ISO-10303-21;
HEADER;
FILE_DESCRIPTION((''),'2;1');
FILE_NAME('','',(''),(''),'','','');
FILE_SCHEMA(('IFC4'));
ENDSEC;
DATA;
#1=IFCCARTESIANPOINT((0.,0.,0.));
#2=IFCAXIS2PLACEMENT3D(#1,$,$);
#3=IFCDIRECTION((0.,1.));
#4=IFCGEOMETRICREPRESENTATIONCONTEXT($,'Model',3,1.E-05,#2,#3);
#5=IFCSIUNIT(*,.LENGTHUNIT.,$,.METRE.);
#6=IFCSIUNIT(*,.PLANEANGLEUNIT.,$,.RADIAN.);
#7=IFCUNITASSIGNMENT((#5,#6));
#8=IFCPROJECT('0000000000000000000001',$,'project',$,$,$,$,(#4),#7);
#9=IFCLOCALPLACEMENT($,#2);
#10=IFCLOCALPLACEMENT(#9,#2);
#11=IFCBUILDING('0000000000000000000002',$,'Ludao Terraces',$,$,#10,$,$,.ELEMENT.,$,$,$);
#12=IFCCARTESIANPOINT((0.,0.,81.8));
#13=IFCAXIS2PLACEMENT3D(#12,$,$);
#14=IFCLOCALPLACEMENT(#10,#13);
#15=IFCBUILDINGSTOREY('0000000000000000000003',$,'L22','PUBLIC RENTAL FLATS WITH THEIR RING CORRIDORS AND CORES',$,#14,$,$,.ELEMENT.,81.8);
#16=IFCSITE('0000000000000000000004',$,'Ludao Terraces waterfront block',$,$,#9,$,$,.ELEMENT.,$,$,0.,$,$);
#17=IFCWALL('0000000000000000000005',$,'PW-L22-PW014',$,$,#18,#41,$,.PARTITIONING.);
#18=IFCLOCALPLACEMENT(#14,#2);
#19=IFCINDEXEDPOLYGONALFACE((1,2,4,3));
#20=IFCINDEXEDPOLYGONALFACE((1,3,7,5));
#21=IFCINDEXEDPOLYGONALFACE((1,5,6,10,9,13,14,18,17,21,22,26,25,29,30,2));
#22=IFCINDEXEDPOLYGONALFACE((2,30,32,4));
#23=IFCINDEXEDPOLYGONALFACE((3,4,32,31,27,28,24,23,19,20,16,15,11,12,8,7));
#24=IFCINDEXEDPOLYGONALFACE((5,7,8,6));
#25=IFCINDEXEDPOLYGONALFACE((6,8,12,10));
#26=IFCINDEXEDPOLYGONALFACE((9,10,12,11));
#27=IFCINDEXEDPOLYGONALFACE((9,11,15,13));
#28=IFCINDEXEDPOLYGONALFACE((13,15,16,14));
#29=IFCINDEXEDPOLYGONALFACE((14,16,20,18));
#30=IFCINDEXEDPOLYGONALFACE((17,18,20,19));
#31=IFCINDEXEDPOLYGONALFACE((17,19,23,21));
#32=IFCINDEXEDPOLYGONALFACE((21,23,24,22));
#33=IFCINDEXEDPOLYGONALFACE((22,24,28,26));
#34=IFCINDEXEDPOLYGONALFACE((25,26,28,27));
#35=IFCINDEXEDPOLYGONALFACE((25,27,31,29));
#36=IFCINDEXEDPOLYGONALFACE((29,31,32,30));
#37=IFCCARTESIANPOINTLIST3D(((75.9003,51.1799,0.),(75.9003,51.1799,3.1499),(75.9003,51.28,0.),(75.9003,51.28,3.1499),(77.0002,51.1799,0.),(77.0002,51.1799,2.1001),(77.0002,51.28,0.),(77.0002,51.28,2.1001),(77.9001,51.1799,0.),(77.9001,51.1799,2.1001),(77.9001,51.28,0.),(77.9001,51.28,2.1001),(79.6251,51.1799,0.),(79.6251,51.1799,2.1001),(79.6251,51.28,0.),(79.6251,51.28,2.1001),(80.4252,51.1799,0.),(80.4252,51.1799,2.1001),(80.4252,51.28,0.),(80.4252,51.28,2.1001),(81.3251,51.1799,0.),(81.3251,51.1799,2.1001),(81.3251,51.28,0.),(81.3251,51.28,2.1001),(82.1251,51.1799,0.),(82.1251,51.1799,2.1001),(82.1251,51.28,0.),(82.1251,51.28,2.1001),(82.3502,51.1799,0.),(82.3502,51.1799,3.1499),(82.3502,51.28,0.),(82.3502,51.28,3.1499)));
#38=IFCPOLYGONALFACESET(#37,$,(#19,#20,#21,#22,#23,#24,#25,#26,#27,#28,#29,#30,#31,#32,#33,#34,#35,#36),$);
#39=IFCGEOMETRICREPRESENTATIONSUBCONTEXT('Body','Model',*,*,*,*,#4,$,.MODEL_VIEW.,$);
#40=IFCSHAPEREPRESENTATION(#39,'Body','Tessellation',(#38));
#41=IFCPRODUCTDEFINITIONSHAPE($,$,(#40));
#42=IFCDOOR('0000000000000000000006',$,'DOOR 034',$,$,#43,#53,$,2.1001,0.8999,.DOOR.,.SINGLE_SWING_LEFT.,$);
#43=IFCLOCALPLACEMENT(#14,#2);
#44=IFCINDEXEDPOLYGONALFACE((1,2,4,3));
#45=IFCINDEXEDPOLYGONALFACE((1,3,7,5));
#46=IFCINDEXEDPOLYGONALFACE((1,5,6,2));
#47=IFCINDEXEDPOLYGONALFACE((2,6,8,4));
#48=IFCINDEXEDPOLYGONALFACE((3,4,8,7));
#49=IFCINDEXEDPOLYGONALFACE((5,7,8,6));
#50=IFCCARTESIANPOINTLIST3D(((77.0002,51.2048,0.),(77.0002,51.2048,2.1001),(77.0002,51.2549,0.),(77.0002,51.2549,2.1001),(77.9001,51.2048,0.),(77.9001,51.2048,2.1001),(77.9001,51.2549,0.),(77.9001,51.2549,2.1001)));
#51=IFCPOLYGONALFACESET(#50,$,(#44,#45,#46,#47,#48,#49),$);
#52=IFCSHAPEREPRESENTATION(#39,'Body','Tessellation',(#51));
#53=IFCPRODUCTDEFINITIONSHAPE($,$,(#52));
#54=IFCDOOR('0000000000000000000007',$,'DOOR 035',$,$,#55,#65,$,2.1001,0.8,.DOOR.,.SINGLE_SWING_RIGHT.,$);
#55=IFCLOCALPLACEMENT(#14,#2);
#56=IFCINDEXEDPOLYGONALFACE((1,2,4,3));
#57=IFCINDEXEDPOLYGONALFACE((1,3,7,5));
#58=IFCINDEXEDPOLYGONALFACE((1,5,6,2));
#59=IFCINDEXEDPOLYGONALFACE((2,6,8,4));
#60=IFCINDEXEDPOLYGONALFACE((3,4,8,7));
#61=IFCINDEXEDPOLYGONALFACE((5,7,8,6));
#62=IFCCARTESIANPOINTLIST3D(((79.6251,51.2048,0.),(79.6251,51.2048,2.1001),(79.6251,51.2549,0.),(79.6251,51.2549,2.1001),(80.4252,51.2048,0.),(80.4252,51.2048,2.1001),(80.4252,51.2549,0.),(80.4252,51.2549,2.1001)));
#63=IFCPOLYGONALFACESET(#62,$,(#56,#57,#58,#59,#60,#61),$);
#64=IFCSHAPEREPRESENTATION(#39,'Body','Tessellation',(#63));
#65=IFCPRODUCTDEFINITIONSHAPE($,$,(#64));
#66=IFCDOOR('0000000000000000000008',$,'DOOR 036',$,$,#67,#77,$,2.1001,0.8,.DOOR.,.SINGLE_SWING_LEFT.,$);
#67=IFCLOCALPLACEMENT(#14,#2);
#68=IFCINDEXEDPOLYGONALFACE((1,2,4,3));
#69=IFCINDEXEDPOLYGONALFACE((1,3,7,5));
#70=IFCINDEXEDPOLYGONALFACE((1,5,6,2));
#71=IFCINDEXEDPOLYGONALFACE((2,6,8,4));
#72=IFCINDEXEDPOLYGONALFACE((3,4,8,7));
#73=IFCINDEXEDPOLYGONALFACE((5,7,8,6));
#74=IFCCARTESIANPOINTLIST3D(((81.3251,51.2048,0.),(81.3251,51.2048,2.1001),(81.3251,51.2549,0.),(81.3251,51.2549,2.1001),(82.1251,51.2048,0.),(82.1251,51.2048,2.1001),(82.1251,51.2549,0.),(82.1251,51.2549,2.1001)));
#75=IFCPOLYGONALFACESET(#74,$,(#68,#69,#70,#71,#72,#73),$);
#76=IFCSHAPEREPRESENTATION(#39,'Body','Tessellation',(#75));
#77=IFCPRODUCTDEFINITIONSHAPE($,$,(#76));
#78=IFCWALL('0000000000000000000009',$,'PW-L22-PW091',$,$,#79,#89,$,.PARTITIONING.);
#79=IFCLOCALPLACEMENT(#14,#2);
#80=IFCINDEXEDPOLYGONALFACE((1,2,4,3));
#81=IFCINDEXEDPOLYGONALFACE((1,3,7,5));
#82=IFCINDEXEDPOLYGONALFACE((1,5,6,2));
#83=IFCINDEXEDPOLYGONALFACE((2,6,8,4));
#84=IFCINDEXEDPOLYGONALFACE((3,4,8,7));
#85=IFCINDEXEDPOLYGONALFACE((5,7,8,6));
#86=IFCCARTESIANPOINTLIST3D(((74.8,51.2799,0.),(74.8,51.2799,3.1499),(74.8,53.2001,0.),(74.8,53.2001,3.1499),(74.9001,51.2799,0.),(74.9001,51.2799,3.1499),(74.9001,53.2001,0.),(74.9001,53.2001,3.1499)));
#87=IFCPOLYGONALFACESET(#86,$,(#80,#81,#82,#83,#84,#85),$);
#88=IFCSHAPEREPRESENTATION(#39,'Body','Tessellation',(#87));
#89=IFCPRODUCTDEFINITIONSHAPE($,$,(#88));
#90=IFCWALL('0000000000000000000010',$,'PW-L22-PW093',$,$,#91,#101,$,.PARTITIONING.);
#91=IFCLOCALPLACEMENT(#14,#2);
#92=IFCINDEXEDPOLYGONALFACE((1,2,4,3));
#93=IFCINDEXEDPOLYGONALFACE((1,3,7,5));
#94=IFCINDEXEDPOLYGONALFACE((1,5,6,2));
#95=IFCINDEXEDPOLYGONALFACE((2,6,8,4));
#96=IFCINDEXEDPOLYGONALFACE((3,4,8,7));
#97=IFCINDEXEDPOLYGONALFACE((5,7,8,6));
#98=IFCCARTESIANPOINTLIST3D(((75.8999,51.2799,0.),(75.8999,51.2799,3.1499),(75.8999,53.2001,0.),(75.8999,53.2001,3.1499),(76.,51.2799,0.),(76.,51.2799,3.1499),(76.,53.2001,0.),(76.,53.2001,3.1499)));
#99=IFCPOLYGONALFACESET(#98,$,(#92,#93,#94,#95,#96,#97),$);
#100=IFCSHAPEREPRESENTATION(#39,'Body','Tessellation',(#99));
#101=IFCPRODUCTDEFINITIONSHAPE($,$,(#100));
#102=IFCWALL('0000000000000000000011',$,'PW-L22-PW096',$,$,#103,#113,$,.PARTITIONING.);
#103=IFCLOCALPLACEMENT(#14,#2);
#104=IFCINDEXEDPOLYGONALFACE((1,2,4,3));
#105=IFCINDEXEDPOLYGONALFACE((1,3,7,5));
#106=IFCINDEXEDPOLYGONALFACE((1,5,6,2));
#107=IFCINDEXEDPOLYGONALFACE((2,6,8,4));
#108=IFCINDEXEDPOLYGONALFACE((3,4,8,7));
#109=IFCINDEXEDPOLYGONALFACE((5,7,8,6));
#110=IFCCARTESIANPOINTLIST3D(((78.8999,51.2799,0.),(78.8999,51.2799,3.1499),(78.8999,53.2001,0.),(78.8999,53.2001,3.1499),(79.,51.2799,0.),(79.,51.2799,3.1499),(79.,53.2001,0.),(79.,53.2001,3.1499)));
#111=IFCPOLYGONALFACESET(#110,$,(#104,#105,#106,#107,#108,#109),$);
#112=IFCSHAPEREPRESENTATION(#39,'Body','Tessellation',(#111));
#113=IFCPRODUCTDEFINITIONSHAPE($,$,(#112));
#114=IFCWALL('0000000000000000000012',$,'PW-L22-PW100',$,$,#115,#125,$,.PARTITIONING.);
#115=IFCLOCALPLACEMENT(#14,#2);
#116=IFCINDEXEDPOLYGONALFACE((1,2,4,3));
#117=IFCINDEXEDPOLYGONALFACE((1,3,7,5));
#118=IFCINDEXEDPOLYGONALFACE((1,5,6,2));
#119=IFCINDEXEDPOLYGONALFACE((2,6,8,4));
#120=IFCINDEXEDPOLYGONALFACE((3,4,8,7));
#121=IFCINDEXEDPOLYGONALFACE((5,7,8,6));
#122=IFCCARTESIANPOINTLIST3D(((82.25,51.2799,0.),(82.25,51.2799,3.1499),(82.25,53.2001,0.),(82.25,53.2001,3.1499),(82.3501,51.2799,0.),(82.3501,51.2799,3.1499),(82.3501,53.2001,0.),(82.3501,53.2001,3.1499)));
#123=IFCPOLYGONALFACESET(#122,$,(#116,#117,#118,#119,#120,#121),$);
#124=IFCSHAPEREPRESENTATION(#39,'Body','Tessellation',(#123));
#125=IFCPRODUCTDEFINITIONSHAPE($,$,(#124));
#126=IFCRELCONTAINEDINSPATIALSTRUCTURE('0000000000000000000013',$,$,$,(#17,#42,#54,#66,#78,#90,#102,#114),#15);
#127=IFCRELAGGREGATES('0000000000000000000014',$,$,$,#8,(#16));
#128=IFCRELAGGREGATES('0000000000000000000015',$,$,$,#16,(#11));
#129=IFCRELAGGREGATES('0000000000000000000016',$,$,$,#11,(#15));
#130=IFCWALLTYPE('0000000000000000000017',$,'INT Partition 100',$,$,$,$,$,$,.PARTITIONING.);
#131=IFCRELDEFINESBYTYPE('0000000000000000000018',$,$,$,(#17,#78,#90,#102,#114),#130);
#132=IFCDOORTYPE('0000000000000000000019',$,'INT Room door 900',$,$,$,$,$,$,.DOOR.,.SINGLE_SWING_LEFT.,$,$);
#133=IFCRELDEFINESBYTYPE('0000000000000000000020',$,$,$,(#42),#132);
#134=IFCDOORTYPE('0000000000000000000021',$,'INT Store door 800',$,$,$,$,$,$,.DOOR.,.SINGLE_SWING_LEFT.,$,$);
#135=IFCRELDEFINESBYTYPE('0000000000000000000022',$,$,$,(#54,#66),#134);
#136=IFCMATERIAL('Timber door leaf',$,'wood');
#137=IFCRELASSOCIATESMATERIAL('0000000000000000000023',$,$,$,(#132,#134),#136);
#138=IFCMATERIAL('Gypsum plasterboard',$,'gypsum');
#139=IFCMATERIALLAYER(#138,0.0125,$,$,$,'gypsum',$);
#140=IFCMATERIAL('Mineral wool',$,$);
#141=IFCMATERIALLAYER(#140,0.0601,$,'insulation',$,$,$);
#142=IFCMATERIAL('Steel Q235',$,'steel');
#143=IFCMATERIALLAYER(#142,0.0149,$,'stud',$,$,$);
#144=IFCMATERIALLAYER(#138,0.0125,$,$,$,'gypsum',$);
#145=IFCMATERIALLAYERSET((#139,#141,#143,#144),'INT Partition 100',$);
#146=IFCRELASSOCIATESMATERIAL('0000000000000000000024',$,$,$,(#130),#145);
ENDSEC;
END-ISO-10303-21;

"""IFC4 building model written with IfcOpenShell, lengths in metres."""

from ifc_helpers import new_model, si_unit, direction, frame, frame_2d, origin, place, context, subcontext, project, spatial, rectangle, extrude, material, layer, layer_set, type_object, element, fill, save


model = new_model("IFC4")

# Units and contexts
model_context = context("Model", 3, precision=1e-05, world=origin(), true_north=direction((0.0, 1.0)))
body_context = subcontext(model_context, "Body", "Model", "MODEL_VIEW")
ifc_project = project(units=[si_unit("LENGTHUNIT", "METRE"), si_unit("PLANEANGLEUNIT", "RADIAN")], contexts=[model_context])

# Site, building, storey
site_placement = place(None, origin())
site = spatial("IfcSite", under=ifc_project, at=site_placement, Name="Ludao Terraces waterfront block", CompositionType="ELEMENT", RefElevation=0.0)
building_placement = place(site_placement, origin())
building = spatial("IfcBuilding", under=site, at=building_placement, Name="Ludao Terraces", CompositionType="ELEMENT")
storey_placement = place(building_placement, frame((0.0, 0.0, 81.8)))
storey = spatial("IfcBuildingStorey", under=building, at=storey_placement, Name="L22", Description="PUBLIC RENTAL FLATS WITH THEIR RING CORRIDORS AND CORES", CompositionType="ELEMENT", Elevation=81.8)

# Wall, openings, doors
ifc_material_1 = material(Name="Steel Q235", Category="steel")
ifc_material_2 = material(Name="Timber door leaf", Category="wood")
door_type_1 = type_object("IfcDoorType", Name="INT Room door 900", OperationType="SINGLE_SWING_LEFT", PredefinedType="DOOR", material=ifc_material_2)
ifc_material_3 = material(Name="Gypsum plasterboard", Category="gypsum")
ifc_layer_1 = layer(ifc_material_3, 0.0125, Category="gypsum")
ifc_material_4 = material(Name="Mineral wool")
ifc_layer_2 = layer(ifc_material_4, 0.0601, Name="insulation")
ifc_layer_3 = layer(ifc_material_1, 0.0149, Name="stud")
ifc_layer_4 = layer(ifc_material_3, 0.0125, Category="gypsum")
ifc_layer_set_1 = layer_set([ifc_layer_1, ifc_layer_2, ifc_layer_3, ifc_layer_4], Name="INT Partition 100")
wall_type_1 = type_object("IfcWallType", Name="INT Partition 100", PredefinedType="PARTITIONING", material=ifc_layer_set_1)
wall_1_placement = place(storey_placement, frame((75.9001, 51.23, 0.0), z_axis=(0.0, 0.0, 1.0), x_axis=(1.0, 0.0, 0.0)))
wall_1 = element("IfcWall", 1, at=wall_1_placement, inside=storey, type_object=wall_type_1, Name="PW-L22-PW014", PredefinedType="PARTITIONING", context=body_context, shape_type="SweptSolid", body=[
    extrude(rectangle(XDim=6.45, YDim=0.1001, at=frame_2d((3.2251, 0.0))), origin(), (0.0, 0.0, 1.0), 3.1499),
])
opening_1_placement = place(wall_1_placement, frame((1.1001, 0.0, 0.0)))
opening_1 = element("IfcOpeningElement", 2, at=opening_1_placement, cuts=wall_1, PredefinedType="OPENING", context=body_context, shape_type="SweptSolid", body=[
    extrude(rectangle(XDim=0.8999, YDim=2.1001, at=frame_2d((0.45, 1.05))), frame((0.0, 0.0601, 0.0), z_axis=(0.0, -1.0, 0.0), x_axis=(1.0, 0.0, 0.0)), (0.0, 0.0, 1.0), 0.1201),
])
opening_2_placement = place(wall_1_placement, frame((3.7251, 0.0, 0.0)))
opening_2 = element("IfcOpeningElement", 3, at=opening_2_placement, cuts=wall_1, PredefinedType="OPENING", context=body_context, shape_type="SweptSolid", body=[
    extrude(rectangle(XDim=0.8, YDim=2.1001, at=frame_2d((0.3999, 1.05))), frame((0.0, 0.0601, 0.0), z_axis=(0.0, -1.0, 0.0), x_axis=(1.0, 0.0, 0.0)), (0.0, 0.0, 1.0), 0.1201),
])
opening_3_placement = place(wall_1_placement, frame((5.425, 0.0, 0.0)))
opening_3 = element("IfcOpeningElement", 4, at=opening_3_placement, cuts=wall_1, PredefinedType="OPENING", context=body_context, shape_type="SweptSolid", body=[
    extrude(rectangle(XDim=0.8, YDim=2.1001, at=frame_2d((0.3999, 1.05))), frame((0.0, 0.0601, 0.0), z_axis=(0.0, -1.0, 0.0), x_axis=(1.0, 0.0, 0.0)), (0.0, 0.0, 1.0), 0.1201),
])
door_1_placement = place(opening_1_placement, origin())
door_1 = element("IfcDoor", 5, at=door_1_placement, inside=storey, type_object=door_type_1, Name="DOOR 034", OperationType="SINGLE_SWING_LEFT", OverallHeight=2.1001, OverallWidth=0.8999, PredefinedType="DOOR", context=body_context, shape_type="SweptSolid", body=[
    extrude(rectangle(XDim=0.8999, YDim=2.1001, at=frame_2d((0.45, 1.05))), frame((0.0, 0.0249, 0.0), z_axis=(0.0, -1.0, 0.0), x_axis=(1.0, 0.0, 0.0)), (0.0, 0.0, 1.0), 0.05),
])
fill(opening_1, door_1)
door_type_2 = type_object("IfcDoorType", Name="INT Store door 800", OperationType="SINGLE_SWING_LEFT", PredefinedType="DOOR", material=ifc_material_2)
door_2_placement = place(opening_2_placement, origin())
door_2 = element("IfcDoor", 6, at=door_2_placement, inside=storey, type_object=door_type_2, Name="DOOR 035", OperationType="SINGLE_SWING_RIGHT", OverallHeight=2.1001, OverallWidth=0.8, PredefinedType="DOOR", context=body_context, shape_type="SweptSolid", body=[
    extrude(rectangle(XDim=0.8, YDim=2.1001, at=frame_2d((0.3999, 1.05))), frame((0.0, 0.0249, 0.0), z_axis=(0.0, -1.0, 0.0), x_axis=(1.0, 0.0, 0.0)), (0.0, 0.0, 1.0), 0.05),
])
fill(opening_2, door_2)
door_3_placement = place(opening_3_placement, origin())
door_3 = element("IfcDoor", 7, at=door_3_placement, inside=storey, type_object=door_type_2, Name="DOOR 036", OperationType="SINGLE_SWING_LEFT", OverallHeight=2.1001, OverallWidth=0.8, PredefinedType="DOOR", context=body_context, shape_type="SweptSolid", body=[
    extrude(rectangle(XDim=0.8, YDim=2.1001, at=frame_2d((0.3999, 1.05))), frame((0.0, 0.0249, 0.0), z_axis=(0.0, -1.0, 0.0), x_axis=(1.0, 0.0, 0.0)), (0.0, 0.0, 1.0), 0.05),
])
fill(opening_3, door_3)

# Walls
for number, where, z_axis, x_axis, name in (
    (8, (74.8501, 51.28, 0.0), (0.0, 0.0, 1.0), (0.0, 1.0, 0.0), "PW-L22-PW091"),
    (9, (75.95, 51.28, 0.0), (0.0, 0.0, 1.0), (0.0, 1.0, 0.0), "PW-L22-PW093"),
    (10, (78.95, 51.28, 0.0), (0.0, 0.0, 1.0), (0.0, 1.0, 0.0), "PW-L22-PW096"),
    (11, (82.3, 51.28, 0.0), (0.0, 0.0, 1.0), (0.0, 1.0, 0.0), "PW-L22-PW100"),
):
    element("IfcWall", number, at=place(storey_placement, frame(where, z_axis=z_axis, x_axis=x_axis)), inside=storey, type_object=wall_type_1, Name=name, PredefinedType="PARTITIONING", context=body_context, shape_type="SweptSolid", body=[
        extrude(rectangle(XDim=1.9202, YDim=0.1001, at=frame_2d((0.96, 0.0))), origin(), (0.0, 0.0, 1.0), 3.1499),
    ])

save(model, "model.ifc")
